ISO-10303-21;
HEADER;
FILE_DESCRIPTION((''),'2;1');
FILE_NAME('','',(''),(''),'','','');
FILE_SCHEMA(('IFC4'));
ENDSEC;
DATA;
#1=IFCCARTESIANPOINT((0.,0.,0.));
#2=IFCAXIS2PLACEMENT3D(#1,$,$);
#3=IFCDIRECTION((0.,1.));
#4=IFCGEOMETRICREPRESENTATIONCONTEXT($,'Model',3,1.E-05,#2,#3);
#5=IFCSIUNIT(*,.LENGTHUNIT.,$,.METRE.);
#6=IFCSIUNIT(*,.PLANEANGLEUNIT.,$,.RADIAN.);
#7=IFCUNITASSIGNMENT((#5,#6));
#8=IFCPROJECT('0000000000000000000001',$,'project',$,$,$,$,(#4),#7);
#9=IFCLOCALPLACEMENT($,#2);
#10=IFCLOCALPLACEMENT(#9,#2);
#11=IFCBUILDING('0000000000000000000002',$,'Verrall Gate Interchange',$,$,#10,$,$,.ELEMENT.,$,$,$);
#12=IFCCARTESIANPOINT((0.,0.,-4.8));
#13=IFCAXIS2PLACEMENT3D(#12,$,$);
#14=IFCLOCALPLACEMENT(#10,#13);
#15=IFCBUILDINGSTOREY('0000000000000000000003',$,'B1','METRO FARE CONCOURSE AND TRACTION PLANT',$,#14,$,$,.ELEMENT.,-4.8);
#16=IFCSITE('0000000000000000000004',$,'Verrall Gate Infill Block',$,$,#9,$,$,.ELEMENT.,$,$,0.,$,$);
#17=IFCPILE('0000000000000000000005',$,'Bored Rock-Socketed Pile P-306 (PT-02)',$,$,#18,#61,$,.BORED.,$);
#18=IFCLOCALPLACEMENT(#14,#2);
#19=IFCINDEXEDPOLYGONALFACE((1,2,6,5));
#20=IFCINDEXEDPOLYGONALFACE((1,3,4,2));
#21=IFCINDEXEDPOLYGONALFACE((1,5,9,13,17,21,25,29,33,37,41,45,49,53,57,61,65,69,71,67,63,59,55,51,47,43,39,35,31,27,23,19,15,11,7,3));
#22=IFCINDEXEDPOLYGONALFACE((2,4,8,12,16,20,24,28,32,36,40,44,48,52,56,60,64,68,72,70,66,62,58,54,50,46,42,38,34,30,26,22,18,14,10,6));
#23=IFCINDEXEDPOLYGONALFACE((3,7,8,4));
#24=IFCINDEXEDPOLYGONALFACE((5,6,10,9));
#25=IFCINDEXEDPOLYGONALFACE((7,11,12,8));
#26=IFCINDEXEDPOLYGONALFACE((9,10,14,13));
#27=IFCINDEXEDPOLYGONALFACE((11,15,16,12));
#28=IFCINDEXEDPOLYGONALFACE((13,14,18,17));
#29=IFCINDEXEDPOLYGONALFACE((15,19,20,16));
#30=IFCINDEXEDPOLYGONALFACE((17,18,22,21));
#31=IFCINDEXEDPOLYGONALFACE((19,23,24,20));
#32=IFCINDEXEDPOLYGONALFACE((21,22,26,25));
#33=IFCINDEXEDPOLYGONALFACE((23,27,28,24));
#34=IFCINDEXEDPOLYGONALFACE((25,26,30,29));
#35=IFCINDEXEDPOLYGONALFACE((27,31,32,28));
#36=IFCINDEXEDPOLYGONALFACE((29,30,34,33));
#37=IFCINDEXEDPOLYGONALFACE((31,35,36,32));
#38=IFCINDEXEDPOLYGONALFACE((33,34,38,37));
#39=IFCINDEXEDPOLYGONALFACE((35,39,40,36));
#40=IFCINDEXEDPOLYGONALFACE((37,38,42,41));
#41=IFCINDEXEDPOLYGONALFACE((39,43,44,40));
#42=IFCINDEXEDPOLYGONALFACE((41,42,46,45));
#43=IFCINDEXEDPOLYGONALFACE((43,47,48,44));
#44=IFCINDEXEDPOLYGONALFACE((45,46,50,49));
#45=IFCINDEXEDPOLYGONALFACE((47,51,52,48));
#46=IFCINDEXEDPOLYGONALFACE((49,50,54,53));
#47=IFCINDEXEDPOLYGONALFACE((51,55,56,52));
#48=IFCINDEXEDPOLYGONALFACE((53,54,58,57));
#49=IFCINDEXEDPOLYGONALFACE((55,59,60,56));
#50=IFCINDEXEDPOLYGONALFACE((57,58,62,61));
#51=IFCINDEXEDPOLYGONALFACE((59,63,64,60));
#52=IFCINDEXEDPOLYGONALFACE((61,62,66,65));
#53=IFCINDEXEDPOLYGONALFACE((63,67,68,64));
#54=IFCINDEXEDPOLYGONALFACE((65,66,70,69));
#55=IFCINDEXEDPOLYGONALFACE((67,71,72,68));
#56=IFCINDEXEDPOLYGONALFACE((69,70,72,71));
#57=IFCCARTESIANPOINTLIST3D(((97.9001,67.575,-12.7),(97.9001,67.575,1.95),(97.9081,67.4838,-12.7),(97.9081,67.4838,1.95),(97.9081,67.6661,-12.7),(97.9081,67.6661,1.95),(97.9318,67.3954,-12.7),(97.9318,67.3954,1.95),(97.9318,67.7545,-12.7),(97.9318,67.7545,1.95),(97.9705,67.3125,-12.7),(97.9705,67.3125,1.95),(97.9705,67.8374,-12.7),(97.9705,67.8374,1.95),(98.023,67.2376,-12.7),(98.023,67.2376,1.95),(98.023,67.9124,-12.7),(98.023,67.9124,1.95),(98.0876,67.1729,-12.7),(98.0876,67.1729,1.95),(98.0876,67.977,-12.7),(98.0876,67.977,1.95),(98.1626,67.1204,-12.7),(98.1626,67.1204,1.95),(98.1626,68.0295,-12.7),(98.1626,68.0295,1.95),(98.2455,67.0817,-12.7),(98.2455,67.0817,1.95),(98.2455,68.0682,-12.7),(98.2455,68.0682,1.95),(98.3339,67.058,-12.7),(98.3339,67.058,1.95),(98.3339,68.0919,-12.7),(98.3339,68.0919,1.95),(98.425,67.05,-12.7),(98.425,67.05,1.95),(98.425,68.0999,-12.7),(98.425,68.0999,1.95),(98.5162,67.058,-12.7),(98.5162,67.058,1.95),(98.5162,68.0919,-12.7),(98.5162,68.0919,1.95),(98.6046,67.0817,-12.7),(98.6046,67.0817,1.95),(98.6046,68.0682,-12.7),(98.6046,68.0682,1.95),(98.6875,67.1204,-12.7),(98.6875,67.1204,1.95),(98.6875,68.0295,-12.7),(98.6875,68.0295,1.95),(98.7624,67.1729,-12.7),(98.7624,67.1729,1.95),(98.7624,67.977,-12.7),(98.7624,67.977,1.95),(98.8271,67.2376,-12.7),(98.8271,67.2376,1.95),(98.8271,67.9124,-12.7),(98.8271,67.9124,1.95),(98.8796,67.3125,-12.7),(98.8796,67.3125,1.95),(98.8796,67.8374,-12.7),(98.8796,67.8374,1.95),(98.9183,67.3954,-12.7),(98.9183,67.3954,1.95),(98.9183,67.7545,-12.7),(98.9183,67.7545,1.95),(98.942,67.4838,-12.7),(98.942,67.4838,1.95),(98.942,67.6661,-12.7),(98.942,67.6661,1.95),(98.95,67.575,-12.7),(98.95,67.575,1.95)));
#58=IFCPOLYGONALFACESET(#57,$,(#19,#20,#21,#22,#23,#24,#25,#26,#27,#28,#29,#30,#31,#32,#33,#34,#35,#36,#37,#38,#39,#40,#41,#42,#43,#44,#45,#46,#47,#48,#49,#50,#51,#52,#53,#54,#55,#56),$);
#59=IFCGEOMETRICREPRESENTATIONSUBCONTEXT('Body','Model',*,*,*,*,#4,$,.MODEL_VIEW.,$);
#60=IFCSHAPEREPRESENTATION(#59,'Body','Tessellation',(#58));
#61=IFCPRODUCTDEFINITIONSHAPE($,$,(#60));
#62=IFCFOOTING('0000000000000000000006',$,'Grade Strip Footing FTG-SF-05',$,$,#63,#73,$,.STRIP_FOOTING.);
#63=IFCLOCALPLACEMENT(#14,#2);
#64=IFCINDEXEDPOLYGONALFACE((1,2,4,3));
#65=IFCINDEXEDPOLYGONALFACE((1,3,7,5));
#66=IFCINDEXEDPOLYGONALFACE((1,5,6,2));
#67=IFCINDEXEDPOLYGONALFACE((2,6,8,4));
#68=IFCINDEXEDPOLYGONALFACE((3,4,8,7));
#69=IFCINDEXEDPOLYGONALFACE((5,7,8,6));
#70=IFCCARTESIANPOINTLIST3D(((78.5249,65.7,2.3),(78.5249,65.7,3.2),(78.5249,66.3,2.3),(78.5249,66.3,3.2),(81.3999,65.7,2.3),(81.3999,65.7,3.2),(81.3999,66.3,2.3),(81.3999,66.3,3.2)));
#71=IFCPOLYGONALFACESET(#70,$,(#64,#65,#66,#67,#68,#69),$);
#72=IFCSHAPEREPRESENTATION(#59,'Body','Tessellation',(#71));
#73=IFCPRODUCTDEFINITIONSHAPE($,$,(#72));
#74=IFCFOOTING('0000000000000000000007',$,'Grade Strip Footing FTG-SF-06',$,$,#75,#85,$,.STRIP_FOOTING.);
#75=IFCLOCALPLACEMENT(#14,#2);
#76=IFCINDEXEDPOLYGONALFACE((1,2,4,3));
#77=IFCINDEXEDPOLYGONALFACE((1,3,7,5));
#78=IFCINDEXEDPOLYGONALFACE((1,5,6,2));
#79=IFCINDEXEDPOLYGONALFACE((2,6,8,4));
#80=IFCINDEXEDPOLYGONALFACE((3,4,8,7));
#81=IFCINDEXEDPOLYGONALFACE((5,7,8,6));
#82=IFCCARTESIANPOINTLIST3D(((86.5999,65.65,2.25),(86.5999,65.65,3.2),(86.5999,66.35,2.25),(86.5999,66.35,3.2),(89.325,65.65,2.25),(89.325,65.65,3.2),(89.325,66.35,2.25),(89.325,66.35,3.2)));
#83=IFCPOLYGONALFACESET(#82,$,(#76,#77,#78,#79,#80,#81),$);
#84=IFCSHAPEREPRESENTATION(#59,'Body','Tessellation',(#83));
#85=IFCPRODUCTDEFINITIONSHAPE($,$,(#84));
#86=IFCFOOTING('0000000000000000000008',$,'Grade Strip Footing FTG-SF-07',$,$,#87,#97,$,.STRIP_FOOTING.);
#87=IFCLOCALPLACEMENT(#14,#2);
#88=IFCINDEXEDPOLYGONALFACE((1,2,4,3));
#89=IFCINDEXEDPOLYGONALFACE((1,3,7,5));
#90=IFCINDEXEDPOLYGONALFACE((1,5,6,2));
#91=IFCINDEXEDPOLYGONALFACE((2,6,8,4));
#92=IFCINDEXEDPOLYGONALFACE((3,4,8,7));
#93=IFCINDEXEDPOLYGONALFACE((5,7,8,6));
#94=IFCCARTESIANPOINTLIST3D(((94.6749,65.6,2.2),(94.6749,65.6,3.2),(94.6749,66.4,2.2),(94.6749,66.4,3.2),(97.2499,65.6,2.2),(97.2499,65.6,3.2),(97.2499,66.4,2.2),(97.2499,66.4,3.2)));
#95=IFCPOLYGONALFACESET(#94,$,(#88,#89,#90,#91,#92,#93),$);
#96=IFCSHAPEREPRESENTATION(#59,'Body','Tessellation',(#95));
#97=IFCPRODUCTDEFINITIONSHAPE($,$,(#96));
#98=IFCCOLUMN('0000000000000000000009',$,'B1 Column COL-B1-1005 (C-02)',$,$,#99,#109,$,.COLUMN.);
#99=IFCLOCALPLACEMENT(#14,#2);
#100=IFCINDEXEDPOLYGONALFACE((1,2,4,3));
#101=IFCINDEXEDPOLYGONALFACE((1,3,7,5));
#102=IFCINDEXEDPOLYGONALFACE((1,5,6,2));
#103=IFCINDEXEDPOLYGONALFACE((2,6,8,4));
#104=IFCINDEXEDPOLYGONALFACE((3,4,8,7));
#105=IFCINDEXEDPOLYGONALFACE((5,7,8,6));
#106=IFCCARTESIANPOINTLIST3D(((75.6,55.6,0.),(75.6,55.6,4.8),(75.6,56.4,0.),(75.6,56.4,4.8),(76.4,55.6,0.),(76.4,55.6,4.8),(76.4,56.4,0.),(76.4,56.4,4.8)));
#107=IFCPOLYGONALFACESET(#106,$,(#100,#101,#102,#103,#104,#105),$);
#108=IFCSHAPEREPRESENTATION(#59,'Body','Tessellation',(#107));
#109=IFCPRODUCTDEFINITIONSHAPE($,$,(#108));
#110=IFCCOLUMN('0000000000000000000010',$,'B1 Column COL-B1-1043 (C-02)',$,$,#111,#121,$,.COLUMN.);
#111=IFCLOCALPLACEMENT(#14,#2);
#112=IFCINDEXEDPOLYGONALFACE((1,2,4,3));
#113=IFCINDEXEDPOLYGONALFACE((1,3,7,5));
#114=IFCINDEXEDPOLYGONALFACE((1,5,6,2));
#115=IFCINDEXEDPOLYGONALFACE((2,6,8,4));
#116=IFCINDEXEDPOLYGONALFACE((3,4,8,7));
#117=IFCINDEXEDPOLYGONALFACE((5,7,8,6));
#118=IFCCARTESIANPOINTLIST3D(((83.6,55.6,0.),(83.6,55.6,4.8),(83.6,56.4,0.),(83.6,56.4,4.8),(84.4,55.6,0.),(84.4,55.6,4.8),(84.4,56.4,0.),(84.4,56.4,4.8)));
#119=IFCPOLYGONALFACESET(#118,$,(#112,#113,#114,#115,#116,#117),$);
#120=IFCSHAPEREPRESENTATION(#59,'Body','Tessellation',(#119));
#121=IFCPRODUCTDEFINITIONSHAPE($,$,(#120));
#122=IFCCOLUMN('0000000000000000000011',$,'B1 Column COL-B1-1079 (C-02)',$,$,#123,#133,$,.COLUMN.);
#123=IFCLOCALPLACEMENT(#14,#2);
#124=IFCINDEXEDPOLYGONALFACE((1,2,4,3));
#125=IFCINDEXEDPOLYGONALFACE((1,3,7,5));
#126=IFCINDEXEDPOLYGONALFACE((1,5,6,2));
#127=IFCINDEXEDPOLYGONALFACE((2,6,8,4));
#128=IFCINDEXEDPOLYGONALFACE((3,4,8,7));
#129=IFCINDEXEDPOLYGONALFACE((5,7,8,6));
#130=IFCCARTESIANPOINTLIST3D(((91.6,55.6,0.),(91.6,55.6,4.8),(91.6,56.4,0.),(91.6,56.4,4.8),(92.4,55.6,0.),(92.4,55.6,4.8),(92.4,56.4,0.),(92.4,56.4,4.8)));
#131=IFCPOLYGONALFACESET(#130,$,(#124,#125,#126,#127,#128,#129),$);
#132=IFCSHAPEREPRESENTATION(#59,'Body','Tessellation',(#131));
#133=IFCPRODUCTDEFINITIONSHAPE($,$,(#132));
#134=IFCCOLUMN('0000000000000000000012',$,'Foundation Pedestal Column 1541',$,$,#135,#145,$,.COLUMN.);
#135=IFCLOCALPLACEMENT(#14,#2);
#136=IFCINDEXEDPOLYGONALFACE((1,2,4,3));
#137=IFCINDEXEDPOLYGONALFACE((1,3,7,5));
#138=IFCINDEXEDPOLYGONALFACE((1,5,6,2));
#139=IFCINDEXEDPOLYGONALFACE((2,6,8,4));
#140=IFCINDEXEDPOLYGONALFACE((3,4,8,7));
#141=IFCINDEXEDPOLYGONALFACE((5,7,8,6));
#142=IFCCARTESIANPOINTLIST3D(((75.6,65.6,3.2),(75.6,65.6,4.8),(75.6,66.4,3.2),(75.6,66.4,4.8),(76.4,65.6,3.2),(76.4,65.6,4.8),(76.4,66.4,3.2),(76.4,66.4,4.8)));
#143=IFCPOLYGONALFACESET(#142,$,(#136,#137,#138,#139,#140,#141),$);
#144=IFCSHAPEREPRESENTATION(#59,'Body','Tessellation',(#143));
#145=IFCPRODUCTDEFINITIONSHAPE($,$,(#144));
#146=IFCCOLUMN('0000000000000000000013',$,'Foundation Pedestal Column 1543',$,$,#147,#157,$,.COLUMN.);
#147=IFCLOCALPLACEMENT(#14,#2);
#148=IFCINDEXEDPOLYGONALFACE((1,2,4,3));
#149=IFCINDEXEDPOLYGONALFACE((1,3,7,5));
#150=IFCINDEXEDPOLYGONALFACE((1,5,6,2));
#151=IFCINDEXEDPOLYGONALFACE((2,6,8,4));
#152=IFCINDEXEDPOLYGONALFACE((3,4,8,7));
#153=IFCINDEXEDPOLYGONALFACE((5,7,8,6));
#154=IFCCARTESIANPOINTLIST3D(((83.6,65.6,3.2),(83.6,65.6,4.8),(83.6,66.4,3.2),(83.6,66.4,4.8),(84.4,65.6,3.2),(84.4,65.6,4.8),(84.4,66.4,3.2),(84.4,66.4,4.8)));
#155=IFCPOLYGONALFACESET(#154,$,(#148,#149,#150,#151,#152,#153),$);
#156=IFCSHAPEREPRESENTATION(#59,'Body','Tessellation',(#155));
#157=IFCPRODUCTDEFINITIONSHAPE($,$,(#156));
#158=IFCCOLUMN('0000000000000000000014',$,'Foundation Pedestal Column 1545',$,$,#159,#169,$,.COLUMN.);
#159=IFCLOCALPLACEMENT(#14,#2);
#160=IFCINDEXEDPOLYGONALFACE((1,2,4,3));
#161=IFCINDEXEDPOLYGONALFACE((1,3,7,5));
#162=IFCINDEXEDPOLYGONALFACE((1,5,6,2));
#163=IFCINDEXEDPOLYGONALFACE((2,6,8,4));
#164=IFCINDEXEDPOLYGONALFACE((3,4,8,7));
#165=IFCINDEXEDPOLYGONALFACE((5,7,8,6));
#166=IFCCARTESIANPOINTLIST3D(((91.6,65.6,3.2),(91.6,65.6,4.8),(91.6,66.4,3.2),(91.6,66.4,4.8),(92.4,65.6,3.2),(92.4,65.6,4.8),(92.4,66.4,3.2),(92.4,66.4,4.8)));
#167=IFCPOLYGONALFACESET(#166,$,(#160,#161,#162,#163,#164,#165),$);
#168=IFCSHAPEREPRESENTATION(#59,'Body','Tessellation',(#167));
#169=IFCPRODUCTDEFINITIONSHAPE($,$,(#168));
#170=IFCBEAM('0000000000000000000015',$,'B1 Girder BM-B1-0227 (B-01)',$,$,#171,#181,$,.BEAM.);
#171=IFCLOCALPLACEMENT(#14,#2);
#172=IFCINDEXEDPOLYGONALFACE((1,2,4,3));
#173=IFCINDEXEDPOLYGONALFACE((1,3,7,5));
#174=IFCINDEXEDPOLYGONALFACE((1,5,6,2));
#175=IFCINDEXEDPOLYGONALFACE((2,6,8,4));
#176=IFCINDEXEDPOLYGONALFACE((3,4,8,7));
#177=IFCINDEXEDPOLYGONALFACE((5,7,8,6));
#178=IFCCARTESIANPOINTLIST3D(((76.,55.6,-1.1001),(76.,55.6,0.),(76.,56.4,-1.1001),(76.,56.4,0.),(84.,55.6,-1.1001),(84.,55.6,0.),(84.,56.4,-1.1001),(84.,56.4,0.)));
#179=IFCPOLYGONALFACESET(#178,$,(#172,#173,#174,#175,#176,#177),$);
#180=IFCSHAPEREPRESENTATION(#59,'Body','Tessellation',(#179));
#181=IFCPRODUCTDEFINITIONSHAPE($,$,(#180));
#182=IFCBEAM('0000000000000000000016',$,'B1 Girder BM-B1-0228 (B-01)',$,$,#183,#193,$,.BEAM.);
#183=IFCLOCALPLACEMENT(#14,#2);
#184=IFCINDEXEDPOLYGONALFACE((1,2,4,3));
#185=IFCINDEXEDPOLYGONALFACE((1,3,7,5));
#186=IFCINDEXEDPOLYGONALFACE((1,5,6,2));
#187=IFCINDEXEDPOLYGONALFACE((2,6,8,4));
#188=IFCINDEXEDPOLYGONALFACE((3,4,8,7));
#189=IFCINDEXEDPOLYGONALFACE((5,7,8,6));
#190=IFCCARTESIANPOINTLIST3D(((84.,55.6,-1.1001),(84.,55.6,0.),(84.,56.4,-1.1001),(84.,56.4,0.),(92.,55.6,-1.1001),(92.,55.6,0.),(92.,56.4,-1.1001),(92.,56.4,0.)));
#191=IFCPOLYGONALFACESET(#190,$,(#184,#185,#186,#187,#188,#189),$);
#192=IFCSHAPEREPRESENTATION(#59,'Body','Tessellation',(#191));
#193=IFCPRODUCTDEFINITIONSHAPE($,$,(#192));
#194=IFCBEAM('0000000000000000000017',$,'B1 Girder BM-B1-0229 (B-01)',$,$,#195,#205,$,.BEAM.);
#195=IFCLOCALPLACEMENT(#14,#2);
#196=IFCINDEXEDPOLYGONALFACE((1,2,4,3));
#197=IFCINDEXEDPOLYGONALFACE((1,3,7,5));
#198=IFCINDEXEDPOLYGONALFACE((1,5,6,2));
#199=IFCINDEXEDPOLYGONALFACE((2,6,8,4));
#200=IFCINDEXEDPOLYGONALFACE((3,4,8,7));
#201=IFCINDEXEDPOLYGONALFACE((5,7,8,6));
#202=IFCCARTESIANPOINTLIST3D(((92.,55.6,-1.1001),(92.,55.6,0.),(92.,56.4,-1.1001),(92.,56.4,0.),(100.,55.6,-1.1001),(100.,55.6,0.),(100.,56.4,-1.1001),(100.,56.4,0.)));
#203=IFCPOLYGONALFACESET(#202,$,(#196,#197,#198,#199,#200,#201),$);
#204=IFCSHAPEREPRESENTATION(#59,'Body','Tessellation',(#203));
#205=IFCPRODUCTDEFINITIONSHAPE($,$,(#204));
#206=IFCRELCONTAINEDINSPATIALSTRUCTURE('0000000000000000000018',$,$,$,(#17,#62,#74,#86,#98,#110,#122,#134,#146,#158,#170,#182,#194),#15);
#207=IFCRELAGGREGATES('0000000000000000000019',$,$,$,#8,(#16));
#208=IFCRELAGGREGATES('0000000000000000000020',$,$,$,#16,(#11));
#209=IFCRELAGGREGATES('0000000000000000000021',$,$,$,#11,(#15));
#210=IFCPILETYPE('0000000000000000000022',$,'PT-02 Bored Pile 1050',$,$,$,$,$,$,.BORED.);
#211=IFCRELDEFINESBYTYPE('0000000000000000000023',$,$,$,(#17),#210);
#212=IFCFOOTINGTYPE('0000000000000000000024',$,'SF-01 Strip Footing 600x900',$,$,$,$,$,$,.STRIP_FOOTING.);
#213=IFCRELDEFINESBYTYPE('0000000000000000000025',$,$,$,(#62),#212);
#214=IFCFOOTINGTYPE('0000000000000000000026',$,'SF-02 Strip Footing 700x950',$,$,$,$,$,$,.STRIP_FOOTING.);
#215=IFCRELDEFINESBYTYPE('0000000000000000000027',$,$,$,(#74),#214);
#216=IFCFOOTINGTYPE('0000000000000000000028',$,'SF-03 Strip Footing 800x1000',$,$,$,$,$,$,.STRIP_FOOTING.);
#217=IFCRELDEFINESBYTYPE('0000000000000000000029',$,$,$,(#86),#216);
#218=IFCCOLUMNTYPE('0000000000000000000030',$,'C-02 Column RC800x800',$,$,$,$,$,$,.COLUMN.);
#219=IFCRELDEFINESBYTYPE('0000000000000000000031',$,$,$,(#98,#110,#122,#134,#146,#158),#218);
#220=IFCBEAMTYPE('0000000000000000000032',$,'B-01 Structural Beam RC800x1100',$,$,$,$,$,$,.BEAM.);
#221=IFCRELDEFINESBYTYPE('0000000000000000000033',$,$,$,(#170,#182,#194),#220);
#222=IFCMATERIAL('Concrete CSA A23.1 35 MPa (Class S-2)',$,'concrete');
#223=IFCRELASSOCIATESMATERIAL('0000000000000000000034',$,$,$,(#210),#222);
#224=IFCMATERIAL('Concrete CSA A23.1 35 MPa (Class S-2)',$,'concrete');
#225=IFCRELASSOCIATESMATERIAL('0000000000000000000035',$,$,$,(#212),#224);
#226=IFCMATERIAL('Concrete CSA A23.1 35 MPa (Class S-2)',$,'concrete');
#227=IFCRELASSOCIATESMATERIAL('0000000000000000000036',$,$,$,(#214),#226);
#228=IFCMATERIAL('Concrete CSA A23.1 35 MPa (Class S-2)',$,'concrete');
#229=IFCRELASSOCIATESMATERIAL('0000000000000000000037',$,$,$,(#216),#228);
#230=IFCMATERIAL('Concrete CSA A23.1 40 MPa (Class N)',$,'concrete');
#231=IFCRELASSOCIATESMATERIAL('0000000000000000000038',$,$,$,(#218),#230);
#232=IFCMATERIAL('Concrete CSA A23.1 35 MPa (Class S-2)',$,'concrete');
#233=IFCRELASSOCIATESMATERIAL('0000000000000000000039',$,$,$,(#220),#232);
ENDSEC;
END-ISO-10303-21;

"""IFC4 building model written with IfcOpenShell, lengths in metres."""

from ifc_helpers import new_model, si_unit, direction, frame, origin, origin_2d, place, context, subcontext, project, spatial, rectangle, circle, extrude, material, material_profile, profile_set, type_object, element, save


model = new_model("IFC4")

# Units and contexts
model_context = context("Model", 3, precision=1e-05, world=origin(), true_north=direction((0.0, 1.0)))
body_context = subcontext(model_context, "Body", "Model", "MODEL_VIEW")
ifc_project = project(units=[si_unit("LENGTHUNIT", "METRE"), si_unit("PLANEANGLEUNIT", "RADIAN")], contexts=[model_context])

# Site, building, storey
site_placement = place(None, origin())
site = spatial("IfcSite", under=ifc_project, at=site_placement, Name="Verrall Gate Infill Block", CompositionType="ELEMENT", RefElevation=0.0)
building_placement = place(site_placement, origin())
building = spatial("IfcBuilding", under=site, at=building_placement, Name="Verrall Gate Interchange", CompositionType="ELEMENT")
storey_placement = place(building_placement, frame((0.0, 0.0, -4.8)))
storey = spatial("IfcBuildingStorey", under=building, at=storey_placement, Name="B1", Description="METRO FARE CONCOURSE AND TRACTION PLANT", CompositionType="ELEMENT", Elevation=-4.8)

# Pile
ifc_material_1 = material(Name="Concrete CSA A23.1 35 MPa (Class S-2)", Category="concrete")
ifc_material_profile_1 = material_profile(ifc_material_1, circle(Radius=0.5249, at=origin_2d()), Name="PILE1050D")
ifc_profile_set_1 = profile_set([ifc_material_profile_1], Name="Concrete CSA A23.1 35 MPa (Class S-2)")
pile_type = type_object("IfcPileType", Name="PT-02 Bored Pile 1050", PredefinedType="BORED", material=ifc_profile_set_1)
for number, where, z_axis, x_axis, name in (
    (1, (98.425, 67.575, 1.95), (0.0, 0.0, -1.0), (1.0, 0.0, 0.0), "Bored Rock-Socketed Pile P-306 (PT-02)"),
):
    element("IfcPile", number, at=place(storey_placement, frame(where, z_axis=z_axis, x_axis=x_axis)), inside=storey, type_object=pile_type, Name=name, PredefinedType="BORED", context=body_context, shape_type="SweptSolid", body=[
        extrude(circle(Radius=0.5249, at=origin_2d()), origin(), (0.0, 0.0, 1.0), 14.6499),
    ])

# Footings
ifc_material_2 = material(Name="Concrete CSA A23.1 35 MPa (Class S-2)", Category="concrete")
footing_type_1 = type_object("IfcFootingType", Name="SF-01 Strip Footing 600x900", PredefinedType="STRIP_FOOTING", material=ifc_material_2)
footing_1_placement = place(storey_placement, frame((79.9624, 66.0, 2.3), z_axis=(0.0, 0.0, 1.0), x_axis=(1.0, 0.0, 0.0)))
element("IfcFooting", 2, at=footing_1_placement, inside=storey, type_object=footing_type_1, Name="Grade Strip Footing FTG-SF-05", PredefinedType="STRIP_FOOTING", context=body_context, shape_type="SweptSolid", body=[
    extrude(rectangle(XDim=2.875, YDim=0.6001, at=origin_2d()), origin(), (0.0, 0.0, 1.0), 0.8999),
])
ifc_material_3 = material(Name="Concrete CSA A23.1 35 MPa (Class S-2)", Category="concrete")
footing_type_2 = type_object("IfcFootingType", Name="SF-02 Strip Footing 700x950", PredefinedType="STRIP_FOOTING", material=ifc_material_3)
footing_2_placement = place(storey_placement, frame((87.9624, 66.0, 2.25), z_axis=(0.0, 0.0, 1.0), x_axis=(1.0, 0.0, 0.0)))
element("IfcFooting", 3, at=footing_2_placement, inside=storey, type_object=footing_type_2, Name="Grade Strip Footing FTG-SF-06", PredefinedType="STRIP_FOOTING", context=body_context, shape_type="SweptSolid", body=[
    extrude(rectangle(XDim=2.7251, YDim=0.7, at=origin_2d()), origin(), (0.0, 0.0, 1.0), 0.95),
])
ifc_material_4 = material(Name="Concrete CSA A23.1 35 MPa (Class S-2)", Category="concrete")
footing_type_3 = type_object("IfcFootingType", Name="SF-03 Strip Footing 800x1000", PredefinedType="STRIP_FOOTING", material=ifc_material_4)
footing_3_placement = place(storey_placement, frame((95.9624, 66.0, 2.2), z_axis=(0.0, 0.0, 1.0), x_axis=(1.0, 0.0, 0.0)))
element("IfcFooting", 4, at=footing_3_placement, inside=storey, type_object=footing_type_3, Name="Grade Strip Footing FTG-SF-07", PredefinedType="STRIP_FOOTING", context=body_context, shape_type="SweptSolid", body=[
    extrude(rectangle(XDim=2.575, YDim=0.8, at=origin_2d()), origin(), (0.0, 0.0, 1.0), 1.0),
])

# Columns
ifc_material_5 = material(Name="Concrete CSA A23.1 40 MPa (Class N)", Category="concrete")
ifc_material_profile_2 = material_profile(ifc_material_5, rectangle(XDim=0.8, YDim=0.8, at=origin_2d()), Name="RC800x800")
ifc_profile_set_2 = profile_set([ifc_material_profile_2], Name="Concrete CSA A23.1 40 MPa (Class N)")
column_type = type_object("IfcColumnType", Name="C-02 Column RC800x800", PredefinedType="COLUMN", material=ifc_profile_set_2)
for number, where, z_axis, x_axis, name in (
    (5, (76.0, 56.0, 0.0), (0.0, 0.0, 1.0), (1.0, 0.0, 0.0), "B1 Column COL-B1-1005 (C-02)"),
    (6, (84.0, 56.0, 0.0), (0.0, 0.0, 1.0), (1.0, 0.0, 0.0), "B1 Column COL-B1-1043 (C-02)"),
    (7, (92.0, 56.0, 0.0), (0.0, 0.0, 1.0), (1.0, 0.0, 0.0), "B1 Column COL-B1-1079 (C-02)"),
):
    element("IfcColumn", number, at=place(storey_placement, frame(where, z_axis=z_axis, x_axis=x_axis)), inside=storey, type_object=column_type, Name=name, PredefinedType="COLUMN", context=body_context, shape_type="SweptSolid", body=[
        extrude(rectangle(XDim=0.8, YDim=0.8, at=origin_2d()), origin(), (0.0, 0.0, 1.0), 4.8),
    ])
for number, where, z_axis, x_axis, name in (
    (8, (76.0, 66.0, 3.2), (0.0, 0.0, 1.0), (1.0, 0.0, 0.0), "Foundation Pedestal Column 1541"),
    (9, (84.0, 66.0, 3.2), (0.0, 0.0, 1.0), (1.0, 0.0, 0.0), "Foundation Pedestal Column 1543"),
    (10, (92.0, 66.0, 3.2), (0.0, 0.0, 1.0), (1.0, 0.0, 0.0), "Foundation Pedestal Column 1545"),
):
    element("IfcColumn", number, at=place(storey_placement, frame(where, z_axis=z_axis, x_axis=x_axis)), inside=storey, type_object=column_type, Name=name, PredefinedType="COLUMN", context=body_context, shape_type="SweptSolid", body=[
        extrude(rectangle(XDim=0.8, YDim=0.8, at=origin_2d()), origin(), (0.0, 0.0, 1.0), 1.6001),
    ])

# Beams
ifc_material_6 = material(Name="Concrete CSA A23.1 35 MPa (Class S-2)", Category="concrete")
ifc_material_profile_3 = material_profile(ifc_material_6, rectangle(XDim=0.8, YDim=1.1001, at=origin_2d()), Name="RC800x1100")
ifc_profile_set_3 = profile_set([ifc_material_profile_3], Name="Concrete CSA A23.1 35 MPa (Class S-2)")
beam_type = type_object("IfcBeamType", Name="B-01 Structural Beam RC800x1100", PredefinedType="BEAM", material=ifc_profile_set_3)
for number, where, z_axis, x_axis, name in (
    (11, (76.0, 56.0, -0.55), (1.0, 0.0, 0.0), (0.0, 1.0, 0.0), "B1 Girder BM-B1-0227 (B-01)"),
    (12, (84.0, 56.0, -0.55), (1.0, 0.0, 0.0), (0.0, 1.0, 0.0), "B1 Girder BM-B1-0228 (B-01)"),
    (13, (92.0, 56.0, -0.55), (1.0, 0.0, 0.0), (0.0, 1.0, 0.0), "B1 Girder BM-B1-0229 (B-01)"),
):
    element("IfcBeam", number, at=place(storey_placement, frame(where, z_axis=z_axis, x_axis=x_axis)), inside=storey, type_object=beam_type, Name=name, PredefinedType="BEAM", context=body_context, shape_type="SweptSolid", body=[
        extrude(rectangle(XDim=0.8, YDim=1.1001, at=origin_2d()), origin(), (0.0, 0.0, 1.0), 8.0),
    ])

save(model, "model.ifc")
